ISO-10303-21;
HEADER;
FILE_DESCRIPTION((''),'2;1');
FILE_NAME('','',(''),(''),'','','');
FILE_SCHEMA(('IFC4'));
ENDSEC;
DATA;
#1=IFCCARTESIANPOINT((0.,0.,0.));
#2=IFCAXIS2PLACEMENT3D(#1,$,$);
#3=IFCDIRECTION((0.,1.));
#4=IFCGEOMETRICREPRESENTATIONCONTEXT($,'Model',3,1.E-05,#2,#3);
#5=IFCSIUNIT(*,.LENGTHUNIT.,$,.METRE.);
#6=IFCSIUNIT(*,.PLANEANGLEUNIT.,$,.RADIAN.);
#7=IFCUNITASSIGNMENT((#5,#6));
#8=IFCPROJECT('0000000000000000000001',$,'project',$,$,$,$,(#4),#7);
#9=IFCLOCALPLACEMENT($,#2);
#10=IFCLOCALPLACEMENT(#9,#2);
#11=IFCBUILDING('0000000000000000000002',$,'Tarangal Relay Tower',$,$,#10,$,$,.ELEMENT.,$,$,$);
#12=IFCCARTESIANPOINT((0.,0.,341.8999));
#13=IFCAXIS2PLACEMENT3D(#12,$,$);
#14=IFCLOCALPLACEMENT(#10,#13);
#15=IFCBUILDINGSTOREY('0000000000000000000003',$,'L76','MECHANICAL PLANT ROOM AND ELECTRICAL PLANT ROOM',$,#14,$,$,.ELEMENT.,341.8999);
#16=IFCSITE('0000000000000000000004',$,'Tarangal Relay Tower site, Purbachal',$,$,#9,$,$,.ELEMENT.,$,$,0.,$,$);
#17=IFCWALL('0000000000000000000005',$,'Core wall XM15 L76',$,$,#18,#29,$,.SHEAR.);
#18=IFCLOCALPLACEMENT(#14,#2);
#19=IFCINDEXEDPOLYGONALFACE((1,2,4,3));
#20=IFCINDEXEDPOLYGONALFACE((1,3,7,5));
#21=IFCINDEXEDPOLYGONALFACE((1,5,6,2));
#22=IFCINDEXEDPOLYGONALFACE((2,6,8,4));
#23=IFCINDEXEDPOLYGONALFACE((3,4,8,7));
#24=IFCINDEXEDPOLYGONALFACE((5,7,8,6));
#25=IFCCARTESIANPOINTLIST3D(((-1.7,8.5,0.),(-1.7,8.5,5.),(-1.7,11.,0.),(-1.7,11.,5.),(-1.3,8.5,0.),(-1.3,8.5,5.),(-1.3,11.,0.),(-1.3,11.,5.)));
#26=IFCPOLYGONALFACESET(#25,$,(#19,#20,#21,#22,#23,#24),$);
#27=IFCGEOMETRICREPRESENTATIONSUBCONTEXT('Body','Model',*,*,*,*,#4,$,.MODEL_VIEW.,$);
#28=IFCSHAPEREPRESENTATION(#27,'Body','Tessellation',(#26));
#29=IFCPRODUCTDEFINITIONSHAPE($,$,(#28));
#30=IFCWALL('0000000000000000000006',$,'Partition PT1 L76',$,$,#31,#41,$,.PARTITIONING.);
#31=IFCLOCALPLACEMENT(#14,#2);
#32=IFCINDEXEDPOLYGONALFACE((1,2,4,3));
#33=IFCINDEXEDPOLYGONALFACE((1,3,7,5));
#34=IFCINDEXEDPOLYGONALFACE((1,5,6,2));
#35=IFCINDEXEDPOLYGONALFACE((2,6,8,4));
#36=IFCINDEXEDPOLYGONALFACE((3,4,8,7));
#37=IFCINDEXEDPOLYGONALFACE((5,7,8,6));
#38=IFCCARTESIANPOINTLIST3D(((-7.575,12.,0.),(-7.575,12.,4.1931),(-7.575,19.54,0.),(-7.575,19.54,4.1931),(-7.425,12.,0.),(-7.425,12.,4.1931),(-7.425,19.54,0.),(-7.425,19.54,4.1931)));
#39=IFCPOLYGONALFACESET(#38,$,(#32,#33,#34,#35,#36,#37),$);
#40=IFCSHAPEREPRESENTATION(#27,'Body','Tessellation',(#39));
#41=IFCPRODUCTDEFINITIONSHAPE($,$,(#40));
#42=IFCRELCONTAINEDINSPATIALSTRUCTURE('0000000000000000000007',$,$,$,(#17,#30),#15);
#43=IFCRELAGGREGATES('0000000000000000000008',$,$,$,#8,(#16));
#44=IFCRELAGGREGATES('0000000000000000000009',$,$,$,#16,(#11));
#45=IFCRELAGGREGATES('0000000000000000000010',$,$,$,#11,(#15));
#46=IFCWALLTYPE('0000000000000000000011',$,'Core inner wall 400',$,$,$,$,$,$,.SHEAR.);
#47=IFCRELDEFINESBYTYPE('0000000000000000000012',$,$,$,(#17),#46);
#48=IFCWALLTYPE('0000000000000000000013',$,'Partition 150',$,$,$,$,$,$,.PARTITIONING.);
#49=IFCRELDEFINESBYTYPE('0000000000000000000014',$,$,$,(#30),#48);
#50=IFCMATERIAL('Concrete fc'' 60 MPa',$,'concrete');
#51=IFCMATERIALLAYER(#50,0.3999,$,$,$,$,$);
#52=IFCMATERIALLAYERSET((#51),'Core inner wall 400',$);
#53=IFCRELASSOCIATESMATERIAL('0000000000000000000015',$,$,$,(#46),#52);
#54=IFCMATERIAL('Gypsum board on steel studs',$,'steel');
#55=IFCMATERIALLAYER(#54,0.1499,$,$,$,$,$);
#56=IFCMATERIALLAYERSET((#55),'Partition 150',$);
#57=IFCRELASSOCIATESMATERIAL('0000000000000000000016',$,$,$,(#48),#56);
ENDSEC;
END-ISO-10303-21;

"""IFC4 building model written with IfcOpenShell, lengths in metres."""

from ifc_helpers import new_model, si_unit, direction, frame, frame_2d, origin, place, context, subcontext, project, spatial, rectangle, extrude, material, layer, layer_set, type_object, element, save


model = new_model("IFC4")

# Units and contexts
model_context = context("Model", 3, precision=1e-05, world=origin(), true_north=direction((0.0, 1.0)))
body_context = subcontext(model_context, "Body", "Model", "MODEL_VIEW")
ifc_project = project(units=[si_unit("LENGTHUNIT", "METRE"), si_unit("PLANEANGLEUNIT", "RADIAN")], contexts=[model_context])

# Site, building, storey
site_placement = place(None, origin())
site = spatial("IfcSite", under=ifc_project, at=site_placement, Name="Tarangal Relay Tower site, Purbachal", CompositionType="ELEMENT", RefElevation=0.0)
building_placement = place(site_placement, origin())
building = spatial("IfcBuilding", under=site, at=building_placement, Name="Tarangal Relay Tower", CompositionType="ELEMENT")
storey_placement = place(building_placement, frame((0.0, 0.0, 341.8999)))
storey = spatial("IfcBuildingStorey", under=building, at=storey_placement, Name="L76", Description="MECHANICAL PLANT ROOM AND ELECTRICAL PLANT ROOM", CompositionType="ELEMENT", Elevation=341.8999)

# Shared definitions
ifc_material_1 = material(Name="Concrete fc' 60 MPa", Category="concrete")
ifc_layer_1 = layer(ifc_material_1, 0.3999)
ifc_layer_set_1 = layer_set([ifc_layer_1], Name="Core inner wall 400")
wall_type_1 = type_object("IfcWallType", Name="Core inner wall 400", PredefinedType="SHEAR", material=ifc_layer_set_1)

# Walls
for number, where, z_axis, x_axis, name in (
    (1, (-1.5, 8.5, 0.0), (0.0, 0.0, 1.0), (0.0, 1.0, 0.0), "Core wall XM15 L76"),
):
    element("IfcWall", number, at=place(storey_placement, frame(where, z_axis=z_axis, x_axis=x_axis)), inside=storey, type_object=wall_type_1, Name=name, PredefinedType="SHEAR", context=body_context, shape_type="SweptSolid", body=[
        extrude(rectangle(XDim=2.5, YDim=0.3999, at=frame_2d((1.25, 0.0))), origin(), (0.0, 0.0, 1.0), 5.0),
    ])
ifc_material_2 = material(Name="Gypsum board on steel studs", Category="steel")
ifc_layer_2 = layer(ifc_material_2, 0.1499)
ifc_layer_set_2 = layer_set([ifc_layer_2], Name="Partition 150")
wall_type_2 = type_object("IfcWallType", Name="Partition 150", PredefinedType="PARTITIONING", material=ifc_layer_set_2)
wall_1_placement = place(storey_placement, frame((-7.5, 12.0, 0.0), z_axis=(0.0, 0.0, 1.0), x_axis=(0.0, 1.0, 0.0)))
element("IfcWall", 2, at=wall_1_placement, inside=storey, type_object=wall_type_2, Name="Partition PT1 L76", PredefinedType="PARTITIONING", context=body_context, shape_type="SweptSolid", body=[
    extrude(rectangle(XDim=7.54, YDim=0.1499, at=frame_2d((3.77, 0.0))), origin(), (0.0, 0.0, 1.0), 4.1931),
])

save(model, "model.ifc")
